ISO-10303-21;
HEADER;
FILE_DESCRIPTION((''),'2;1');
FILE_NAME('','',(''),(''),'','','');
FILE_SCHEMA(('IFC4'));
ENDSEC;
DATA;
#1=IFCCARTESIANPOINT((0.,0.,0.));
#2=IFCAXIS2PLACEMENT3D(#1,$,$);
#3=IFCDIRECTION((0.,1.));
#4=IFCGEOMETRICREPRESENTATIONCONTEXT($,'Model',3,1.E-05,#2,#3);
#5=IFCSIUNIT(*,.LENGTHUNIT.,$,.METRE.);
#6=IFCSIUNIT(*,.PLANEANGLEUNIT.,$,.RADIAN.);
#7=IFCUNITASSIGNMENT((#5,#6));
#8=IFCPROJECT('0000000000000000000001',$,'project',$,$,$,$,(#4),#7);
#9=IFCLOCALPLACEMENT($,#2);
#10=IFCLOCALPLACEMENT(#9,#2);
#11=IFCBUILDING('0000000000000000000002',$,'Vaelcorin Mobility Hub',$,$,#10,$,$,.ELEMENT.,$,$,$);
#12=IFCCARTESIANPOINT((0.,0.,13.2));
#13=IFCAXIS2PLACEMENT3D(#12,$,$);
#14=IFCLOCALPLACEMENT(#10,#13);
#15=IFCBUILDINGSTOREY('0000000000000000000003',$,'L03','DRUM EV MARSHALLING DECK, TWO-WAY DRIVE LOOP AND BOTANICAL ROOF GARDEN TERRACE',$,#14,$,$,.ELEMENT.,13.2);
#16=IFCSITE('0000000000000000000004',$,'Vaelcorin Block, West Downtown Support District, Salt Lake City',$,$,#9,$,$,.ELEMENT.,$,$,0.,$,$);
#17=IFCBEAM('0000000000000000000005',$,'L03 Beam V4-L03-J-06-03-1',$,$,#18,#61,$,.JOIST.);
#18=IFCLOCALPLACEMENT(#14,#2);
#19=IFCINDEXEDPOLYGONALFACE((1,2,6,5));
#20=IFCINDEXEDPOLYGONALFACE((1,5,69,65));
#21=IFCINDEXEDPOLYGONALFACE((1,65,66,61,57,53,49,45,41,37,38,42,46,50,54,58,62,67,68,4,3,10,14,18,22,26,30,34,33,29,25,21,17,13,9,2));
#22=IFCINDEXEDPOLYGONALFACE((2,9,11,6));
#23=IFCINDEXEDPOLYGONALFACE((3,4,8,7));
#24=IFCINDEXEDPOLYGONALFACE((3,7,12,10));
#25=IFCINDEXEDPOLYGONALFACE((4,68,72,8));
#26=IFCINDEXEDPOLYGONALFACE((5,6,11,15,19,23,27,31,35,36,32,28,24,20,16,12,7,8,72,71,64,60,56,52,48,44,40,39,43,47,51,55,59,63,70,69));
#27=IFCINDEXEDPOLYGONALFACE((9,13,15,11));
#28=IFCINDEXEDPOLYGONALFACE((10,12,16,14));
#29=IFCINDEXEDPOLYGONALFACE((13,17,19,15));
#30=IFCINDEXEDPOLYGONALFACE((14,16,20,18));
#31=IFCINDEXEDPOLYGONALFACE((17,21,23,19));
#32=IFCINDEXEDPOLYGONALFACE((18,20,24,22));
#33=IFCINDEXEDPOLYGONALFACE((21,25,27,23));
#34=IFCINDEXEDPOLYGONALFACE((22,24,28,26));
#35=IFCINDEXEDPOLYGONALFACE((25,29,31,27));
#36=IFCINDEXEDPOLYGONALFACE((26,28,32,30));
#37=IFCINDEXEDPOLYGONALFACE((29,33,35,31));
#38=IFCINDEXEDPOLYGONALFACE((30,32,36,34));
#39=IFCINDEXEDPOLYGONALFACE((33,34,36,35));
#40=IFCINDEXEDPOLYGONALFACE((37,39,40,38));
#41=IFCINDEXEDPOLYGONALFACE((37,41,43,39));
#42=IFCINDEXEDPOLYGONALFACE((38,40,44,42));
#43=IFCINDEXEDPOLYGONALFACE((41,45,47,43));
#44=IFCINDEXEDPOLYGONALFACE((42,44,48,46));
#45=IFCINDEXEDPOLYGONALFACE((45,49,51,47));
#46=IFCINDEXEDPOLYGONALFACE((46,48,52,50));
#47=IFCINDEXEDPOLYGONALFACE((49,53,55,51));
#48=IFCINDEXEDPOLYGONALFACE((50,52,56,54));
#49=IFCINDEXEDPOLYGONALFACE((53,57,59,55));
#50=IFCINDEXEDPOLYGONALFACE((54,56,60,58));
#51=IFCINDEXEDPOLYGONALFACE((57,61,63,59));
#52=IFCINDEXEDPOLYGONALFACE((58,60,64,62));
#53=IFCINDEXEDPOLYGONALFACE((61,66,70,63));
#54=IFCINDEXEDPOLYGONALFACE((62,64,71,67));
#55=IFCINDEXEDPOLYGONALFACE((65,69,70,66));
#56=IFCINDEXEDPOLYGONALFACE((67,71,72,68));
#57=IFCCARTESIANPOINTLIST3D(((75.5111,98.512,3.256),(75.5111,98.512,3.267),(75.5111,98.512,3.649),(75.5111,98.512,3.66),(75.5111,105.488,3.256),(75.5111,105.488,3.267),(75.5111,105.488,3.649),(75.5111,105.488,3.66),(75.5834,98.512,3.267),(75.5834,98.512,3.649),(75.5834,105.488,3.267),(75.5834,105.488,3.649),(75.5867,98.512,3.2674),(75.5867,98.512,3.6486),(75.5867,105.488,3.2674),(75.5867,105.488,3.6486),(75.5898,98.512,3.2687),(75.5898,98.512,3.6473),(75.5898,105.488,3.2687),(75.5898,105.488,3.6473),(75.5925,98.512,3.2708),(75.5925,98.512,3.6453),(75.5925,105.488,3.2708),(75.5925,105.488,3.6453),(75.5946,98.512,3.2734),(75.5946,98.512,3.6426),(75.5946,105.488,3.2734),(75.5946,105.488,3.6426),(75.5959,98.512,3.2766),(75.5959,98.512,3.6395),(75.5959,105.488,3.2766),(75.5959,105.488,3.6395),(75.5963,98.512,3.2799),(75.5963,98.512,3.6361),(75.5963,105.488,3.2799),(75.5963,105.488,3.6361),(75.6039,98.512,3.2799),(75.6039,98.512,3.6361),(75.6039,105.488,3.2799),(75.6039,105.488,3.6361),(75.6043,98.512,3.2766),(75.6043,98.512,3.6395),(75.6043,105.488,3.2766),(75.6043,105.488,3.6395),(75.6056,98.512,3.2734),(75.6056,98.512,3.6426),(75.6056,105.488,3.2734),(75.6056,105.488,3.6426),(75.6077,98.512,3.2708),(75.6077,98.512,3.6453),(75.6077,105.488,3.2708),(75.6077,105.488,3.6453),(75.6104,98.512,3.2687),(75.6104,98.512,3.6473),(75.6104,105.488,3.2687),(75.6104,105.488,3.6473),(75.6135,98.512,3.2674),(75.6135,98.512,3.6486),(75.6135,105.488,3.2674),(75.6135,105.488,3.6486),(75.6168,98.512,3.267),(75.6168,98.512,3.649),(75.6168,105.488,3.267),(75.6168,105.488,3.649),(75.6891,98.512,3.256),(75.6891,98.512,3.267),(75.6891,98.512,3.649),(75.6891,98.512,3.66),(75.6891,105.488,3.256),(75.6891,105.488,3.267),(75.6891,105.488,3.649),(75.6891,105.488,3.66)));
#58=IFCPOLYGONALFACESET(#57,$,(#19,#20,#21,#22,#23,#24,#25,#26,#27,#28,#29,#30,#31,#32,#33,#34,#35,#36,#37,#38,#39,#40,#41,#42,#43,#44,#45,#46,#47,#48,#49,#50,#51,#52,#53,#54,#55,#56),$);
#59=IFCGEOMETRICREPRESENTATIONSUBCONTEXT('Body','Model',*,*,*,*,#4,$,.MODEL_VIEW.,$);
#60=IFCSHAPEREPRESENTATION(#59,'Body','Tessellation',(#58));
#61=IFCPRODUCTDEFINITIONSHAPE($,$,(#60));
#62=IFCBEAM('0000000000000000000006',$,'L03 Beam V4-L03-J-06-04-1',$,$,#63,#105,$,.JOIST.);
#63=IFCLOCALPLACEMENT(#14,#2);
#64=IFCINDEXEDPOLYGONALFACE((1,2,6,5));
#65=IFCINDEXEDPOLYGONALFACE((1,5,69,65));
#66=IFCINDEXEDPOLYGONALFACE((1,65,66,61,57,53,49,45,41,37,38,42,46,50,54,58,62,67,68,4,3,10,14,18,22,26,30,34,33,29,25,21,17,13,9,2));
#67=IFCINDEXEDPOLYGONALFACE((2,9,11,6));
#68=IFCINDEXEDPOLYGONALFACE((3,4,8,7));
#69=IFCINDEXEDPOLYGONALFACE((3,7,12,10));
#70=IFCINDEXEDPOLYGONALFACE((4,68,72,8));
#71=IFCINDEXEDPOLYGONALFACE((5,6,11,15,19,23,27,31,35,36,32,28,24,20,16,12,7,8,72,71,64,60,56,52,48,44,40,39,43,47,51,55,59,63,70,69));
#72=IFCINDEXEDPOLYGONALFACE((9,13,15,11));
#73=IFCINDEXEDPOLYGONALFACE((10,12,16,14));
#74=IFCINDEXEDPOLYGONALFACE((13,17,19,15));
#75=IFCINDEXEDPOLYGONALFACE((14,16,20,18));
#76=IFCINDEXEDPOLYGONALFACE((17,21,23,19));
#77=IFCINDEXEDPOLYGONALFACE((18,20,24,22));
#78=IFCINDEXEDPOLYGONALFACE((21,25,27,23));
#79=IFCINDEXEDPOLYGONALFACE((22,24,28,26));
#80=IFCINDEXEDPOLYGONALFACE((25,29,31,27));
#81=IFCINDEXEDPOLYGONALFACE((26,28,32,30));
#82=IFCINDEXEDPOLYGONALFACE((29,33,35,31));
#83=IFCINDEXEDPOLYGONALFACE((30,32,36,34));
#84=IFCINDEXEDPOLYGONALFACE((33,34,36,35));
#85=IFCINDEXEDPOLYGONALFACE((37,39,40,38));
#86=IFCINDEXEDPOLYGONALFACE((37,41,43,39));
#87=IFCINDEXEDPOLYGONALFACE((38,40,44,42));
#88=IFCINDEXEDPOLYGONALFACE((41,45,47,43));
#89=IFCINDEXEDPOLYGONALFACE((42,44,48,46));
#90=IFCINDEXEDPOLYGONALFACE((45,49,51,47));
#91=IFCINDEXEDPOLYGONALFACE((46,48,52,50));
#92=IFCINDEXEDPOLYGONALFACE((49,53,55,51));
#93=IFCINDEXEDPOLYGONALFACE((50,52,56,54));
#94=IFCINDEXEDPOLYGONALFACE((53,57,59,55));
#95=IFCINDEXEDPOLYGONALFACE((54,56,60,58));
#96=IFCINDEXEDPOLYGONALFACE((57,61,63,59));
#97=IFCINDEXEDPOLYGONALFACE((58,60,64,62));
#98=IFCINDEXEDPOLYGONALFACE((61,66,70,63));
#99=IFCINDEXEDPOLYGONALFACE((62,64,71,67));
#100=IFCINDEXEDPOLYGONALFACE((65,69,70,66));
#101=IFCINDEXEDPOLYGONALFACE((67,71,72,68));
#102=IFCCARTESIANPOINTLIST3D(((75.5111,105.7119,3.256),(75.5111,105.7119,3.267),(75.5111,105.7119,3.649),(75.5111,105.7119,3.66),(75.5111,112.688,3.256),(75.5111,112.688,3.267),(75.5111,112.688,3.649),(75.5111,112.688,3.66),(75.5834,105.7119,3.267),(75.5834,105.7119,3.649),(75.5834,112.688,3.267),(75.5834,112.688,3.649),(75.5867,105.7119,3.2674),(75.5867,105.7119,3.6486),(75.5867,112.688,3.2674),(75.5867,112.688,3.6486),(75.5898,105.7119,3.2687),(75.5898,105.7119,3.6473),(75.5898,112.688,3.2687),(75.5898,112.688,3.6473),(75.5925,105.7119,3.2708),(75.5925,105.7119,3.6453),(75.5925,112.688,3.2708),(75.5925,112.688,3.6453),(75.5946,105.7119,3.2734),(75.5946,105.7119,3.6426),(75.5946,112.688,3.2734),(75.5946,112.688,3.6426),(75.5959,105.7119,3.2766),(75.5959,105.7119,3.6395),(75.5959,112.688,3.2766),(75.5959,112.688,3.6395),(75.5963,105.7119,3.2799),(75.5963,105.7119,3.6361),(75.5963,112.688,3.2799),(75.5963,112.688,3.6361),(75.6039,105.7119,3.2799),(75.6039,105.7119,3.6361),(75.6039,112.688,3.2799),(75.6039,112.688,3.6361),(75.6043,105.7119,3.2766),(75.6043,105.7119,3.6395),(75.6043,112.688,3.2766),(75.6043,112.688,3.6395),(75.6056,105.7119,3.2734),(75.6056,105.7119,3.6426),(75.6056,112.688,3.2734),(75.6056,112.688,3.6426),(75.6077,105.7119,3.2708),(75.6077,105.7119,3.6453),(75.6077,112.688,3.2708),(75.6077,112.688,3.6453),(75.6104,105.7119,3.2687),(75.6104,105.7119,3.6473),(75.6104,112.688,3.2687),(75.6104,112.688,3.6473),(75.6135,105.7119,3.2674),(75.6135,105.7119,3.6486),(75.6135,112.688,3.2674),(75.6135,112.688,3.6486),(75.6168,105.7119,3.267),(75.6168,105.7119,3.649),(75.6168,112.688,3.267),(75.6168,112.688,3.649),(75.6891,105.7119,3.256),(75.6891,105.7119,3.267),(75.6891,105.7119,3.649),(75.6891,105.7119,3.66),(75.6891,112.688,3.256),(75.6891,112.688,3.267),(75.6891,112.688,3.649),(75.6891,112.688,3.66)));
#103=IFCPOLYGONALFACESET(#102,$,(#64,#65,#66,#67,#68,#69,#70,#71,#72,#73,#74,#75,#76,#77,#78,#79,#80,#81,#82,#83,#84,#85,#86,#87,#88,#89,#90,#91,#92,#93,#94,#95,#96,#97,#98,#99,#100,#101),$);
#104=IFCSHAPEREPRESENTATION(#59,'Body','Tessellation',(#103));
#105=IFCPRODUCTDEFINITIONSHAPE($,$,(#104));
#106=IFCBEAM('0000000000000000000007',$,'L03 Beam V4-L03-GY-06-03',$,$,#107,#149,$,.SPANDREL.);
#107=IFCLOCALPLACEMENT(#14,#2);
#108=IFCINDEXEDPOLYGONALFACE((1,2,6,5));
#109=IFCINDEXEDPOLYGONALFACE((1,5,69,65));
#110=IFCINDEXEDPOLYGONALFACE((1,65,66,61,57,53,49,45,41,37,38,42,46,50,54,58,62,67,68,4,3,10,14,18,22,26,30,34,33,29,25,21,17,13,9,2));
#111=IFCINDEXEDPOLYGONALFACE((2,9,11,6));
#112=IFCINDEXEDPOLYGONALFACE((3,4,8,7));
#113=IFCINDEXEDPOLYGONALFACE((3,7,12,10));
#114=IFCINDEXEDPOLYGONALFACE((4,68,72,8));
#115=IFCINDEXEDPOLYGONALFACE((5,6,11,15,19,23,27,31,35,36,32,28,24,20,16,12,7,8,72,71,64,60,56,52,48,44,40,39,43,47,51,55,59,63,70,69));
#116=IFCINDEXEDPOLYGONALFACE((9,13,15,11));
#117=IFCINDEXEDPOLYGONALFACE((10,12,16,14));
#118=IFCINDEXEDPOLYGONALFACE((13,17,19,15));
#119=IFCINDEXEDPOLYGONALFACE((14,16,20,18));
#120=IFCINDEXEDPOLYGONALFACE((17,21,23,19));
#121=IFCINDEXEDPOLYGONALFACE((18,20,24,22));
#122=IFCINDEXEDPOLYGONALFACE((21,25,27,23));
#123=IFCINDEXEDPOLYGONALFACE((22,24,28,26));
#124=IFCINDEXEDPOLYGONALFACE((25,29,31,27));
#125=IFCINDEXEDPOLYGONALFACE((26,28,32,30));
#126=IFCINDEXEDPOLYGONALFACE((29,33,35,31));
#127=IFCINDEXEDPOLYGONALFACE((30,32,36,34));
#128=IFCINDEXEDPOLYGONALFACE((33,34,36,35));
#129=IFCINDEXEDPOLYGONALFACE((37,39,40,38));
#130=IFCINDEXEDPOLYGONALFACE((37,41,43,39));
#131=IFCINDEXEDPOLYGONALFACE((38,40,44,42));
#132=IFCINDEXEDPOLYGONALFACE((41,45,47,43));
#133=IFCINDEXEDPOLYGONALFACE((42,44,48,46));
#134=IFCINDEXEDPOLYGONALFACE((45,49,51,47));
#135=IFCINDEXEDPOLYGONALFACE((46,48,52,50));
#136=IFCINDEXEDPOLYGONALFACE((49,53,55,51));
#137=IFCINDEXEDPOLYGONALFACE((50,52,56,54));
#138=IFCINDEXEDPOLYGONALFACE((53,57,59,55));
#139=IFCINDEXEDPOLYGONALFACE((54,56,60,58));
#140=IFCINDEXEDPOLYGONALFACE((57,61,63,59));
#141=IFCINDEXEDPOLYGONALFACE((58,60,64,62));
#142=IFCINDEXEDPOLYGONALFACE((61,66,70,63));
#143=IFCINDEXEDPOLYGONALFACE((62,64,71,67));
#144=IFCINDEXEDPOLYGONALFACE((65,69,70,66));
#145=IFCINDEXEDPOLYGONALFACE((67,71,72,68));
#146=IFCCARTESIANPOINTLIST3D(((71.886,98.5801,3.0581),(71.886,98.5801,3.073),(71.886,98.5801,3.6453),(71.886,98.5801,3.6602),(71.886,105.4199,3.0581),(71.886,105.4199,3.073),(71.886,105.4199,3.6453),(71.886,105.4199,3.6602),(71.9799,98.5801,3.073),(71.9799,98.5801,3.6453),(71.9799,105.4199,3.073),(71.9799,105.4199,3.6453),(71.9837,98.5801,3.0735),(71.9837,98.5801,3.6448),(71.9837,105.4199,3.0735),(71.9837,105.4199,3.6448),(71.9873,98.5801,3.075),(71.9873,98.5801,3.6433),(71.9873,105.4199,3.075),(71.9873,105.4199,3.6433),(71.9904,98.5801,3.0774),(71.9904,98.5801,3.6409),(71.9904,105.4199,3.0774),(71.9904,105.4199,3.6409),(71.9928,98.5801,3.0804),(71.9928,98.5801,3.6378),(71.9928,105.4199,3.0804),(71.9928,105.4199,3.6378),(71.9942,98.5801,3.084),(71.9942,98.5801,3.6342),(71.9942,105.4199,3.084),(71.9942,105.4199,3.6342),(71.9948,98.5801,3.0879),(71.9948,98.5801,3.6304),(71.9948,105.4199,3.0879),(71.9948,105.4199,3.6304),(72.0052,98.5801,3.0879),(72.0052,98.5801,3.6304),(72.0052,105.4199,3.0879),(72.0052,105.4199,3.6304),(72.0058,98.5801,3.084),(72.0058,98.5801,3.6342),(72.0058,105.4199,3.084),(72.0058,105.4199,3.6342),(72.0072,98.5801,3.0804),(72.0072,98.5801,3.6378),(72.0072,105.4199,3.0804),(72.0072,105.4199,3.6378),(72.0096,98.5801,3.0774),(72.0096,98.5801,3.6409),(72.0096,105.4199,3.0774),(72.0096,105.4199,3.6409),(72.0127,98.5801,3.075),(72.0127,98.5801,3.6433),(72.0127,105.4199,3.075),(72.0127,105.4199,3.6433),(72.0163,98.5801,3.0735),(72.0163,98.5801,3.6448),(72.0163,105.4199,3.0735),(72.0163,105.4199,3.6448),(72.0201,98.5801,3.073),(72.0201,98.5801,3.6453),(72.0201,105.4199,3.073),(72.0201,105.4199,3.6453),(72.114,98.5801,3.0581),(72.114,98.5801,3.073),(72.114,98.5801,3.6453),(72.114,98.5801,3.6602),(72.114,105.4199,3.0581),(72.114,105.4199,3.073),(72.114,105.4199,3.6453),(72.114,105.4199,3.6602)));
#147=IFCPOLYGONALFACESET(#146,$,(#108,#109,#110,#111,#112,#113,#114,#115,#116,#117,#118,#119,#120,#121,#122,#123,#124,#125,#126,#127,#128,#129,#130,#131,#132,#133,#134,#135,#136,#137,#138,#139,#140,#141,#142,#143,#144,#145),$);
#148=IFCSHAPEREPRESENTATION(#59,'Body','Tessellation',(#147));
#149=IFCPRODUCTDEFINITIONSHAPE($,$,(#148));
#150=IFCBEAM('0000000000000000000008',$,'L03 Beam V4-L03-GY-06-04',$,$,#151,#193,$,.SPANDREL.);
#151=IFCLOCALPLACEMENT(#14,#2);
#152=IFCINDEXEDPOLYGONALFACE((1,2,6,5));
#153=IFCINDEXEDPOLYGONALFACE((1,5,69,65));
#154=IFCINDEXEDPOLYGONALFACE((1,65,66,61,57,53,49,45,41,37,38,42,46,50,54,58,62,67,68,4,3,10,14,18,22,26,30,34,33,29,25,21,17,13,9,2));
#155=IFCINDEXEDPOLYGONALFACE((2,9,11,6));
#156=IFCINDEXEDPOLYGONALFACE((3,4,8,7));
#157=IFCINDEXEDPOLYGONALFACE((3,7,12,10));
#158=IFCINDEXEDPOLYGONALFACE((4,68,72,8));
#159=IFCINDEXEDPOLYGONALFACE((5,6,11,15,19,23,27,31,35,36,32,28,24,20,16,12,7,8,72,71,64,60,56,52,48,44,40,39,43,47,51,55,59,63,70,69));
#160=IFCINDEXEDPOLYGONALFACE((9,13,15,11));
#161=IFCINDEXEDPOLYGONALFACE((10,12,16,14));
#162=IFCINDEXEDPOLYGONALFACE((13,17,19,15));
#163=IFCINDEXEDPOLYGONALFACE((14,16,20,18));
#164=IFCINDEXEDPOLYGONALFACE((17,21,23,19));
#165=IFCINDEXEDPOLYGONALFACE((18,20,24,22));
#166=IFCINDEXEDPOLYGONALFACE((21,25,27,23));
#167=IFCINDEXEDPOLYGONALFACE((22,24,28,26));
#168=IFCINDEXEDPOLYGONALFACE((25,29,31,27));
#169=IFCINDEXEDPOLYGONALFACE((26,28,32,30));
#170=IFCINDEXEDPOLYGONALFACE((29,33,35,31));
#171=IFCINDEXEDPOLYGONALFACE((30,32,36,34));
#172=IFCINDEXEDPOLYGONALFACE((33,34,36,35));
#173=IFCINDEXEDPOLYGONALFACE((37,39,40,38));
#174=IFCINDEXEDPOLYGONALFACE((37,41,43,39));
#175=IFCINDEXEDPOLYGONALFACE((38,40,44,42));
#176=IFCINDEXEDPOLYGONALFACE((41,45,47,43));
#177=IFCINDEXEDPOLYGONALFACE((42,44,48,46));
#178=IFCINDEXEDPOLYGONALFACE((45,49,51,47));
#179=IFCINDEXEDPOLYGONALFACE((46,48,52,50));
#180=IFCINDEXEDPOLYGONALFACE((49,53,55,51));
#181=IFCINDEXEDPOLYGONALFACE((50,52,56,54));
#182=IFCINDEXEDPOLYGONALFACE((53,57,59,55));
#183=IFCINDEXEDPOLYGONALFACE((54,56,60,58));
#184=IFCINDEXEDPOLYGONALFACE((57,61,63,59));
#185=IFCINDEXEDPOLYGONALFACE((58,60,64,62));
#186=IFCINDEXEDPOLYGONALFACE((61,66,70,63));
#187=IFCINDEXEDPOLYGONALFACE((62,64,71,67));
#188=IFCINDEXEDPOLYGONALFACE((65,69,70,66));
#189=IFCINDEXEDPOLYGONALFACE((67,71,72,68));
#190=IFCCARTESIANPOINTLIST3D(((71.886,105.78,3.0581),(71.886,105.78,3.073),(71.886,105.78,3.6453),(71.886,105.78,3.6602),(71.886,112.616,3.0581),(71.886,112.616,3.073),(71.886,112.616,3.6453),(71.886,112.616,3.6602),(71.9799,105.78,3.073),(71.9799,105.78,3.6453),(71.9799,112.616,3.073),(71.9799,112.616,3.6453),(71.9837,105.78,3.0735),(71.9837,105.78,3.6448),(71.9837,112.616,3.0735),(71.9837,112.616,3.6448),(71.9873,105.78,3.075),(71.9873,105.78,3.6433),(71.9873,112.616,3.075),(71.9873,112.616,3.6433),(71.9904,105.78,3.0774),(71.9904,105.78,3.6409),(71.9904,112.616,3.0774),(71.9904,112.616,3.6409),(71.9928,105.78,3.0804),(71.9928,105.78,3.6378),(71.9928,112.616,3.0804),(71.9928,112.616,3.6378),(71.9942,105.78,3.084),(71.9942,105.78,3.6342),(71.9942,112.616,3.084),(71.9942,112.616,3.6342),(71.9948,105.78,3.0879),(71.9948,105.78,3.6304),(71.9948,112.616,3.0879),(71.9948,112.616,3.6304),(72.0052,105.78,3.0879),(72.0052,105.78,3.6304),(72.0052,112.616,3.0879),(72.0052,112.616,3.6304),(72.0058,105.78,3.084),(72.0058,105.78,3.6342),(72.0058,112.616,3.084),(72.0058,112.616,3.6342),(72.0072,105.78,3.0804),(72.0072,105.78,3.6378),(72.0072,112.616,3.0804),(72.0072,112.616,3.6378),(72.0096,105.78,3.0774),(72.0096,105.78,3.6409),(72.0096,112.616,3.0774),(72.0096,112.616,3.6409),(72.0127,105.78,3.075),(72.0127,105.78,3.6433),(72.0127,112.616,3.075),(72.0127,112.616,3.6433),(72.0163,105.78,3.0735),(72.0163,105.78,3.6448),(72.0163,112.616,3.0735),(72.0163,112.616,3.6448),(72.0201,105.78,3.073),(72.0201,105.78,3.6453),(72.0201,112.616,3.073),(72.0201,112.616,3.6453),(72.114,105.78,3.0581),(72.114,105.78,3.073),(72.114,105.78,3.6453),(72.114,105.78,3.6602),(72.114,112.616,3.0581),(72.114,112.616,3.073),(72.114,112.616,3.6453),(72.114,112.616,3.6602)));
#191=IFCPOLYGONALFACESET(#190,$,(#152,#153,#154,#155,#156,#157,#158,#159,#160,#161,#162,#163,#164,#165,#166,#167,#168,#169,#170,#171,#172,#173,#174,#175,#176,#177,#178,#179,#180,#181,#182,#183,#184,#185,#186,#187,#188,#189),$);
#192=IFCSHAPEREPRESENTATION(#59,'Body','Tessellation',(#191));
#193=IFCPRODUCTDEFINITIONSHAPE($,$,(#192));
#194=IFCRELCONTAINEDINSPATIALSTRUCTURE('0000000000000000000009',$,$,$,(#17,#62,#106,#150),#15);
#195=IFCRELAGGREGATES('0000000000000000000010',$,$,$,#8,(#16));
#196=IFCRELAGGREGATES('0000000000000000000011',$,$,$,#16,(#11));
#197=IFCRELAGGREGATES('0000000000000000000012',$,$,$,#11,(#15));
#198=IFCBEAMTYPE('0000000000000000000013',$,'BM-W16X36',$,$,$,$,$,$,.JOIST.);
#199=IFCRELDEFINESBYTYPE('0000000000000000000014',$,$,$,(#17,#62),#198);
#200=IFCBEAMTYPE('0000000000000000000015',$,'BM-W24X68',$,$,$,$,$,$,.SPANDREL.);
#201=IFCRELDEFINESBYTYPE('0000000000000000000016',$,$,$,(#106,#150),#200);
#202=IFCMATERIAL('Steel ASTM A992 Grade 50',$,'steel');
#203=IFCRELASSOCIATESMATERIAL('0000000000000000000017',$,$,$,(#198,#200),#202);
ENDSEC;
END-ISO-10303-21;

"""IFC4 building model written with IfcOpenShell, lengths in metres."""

from ifc_helpers import new_model, si_unit, direction, frame, origin, origin_2d, place, context, subcontext, project, spatial, i_section, extrude, material, material_profile, profile_set, type_object, element, save


model = new_model("IFC4")

# Units and contexts
model_context = context("Model", 3, precision=1e-05, world=origin(), true_north=direction((0.0, 1.0)))
body_context = subcontext(model_context, "Body", "Model", "MODEL_VIEW")
ifc_project = project(units=[si_unit("LENGTHUNIT", "METRE"), si_unit("PLANEANGLEUNIT", "RADIAN")], contexts=[model_context])

# Site, building, storey
site_placement = place(None, origin())
site = spatial("IfcSite", under=ifc_project, at=site_placement, Name="Vaelcorin Block, West Downtown Support District, Salt Lake City", CompositionType="ELEMENT", RefElevation=0.0)
building_placement = place(site_placement, origin())
building = spatial("IfcBuilding", under=site, at=building_placement, Name="Vaelcorin Mobility Hub", CompositionType="ELEMENT")
storey_placement = place(building_placement, frame((0.0, 0.0, 13.2)))
storey = spatial("IfcBuildingStorey", under=building, at=storey_placement, Name="L03", Description="DRUM EV MARSHALLING DECK, TWO-WAY DRIVE LOOP AND BOTANICAL ROOF GARDEN TERRACE", CompositionType="ELEMENT", Elevation=13.2)

# Shared definitions
ifc_material_1 = material(Name="Steel ASTM A992 Grade 50", Category="steel")

# Beams
ifc_material_profile_1 = material_profile(ifc_material_1, i_section(OverallWidth=0.178, OverallDepth=0.4041, WebThickness=0.0076, FlangeThickness=0.011, FilletRadius=0.0129, at=origin_2d()), Name="W16X36")
ifc_profile_set_1 = profile_set([ifc_material_profile_1], Name="Steel ASTM A992 Grade 50")
beam_type_1 = type_object("IfcBeamType", Name="BM-W16X36", PredefinedType="JOIST", material=ifc_profile_set_1)
for number, where, z_axis, x_axis, name in (
    (1, (75.6001, 98.512, 3.458), (0.0, 1.0, 0.0), (-1.0, 0.0, 0.0), "L03 Beam V4-L03-J-06-03-1"),
    (2, (75.6001, 105.7119, 3.458), (0.0, 1.0, 0.0), (-1.0, 0.0, 0.0), "L03 Beam V4-L03-J-06-04-1"),
):
    element("IfcBeam", number, at=place(storey_placement, frame(where, z_axis=z_axis, x_axis=x_axis)), inside=storey, type_object=beam_type_1, Name=name, PredefinedType="JOIST", context=body_context, shape_type="SweptSolid", body=[
        extrude(i_section(OverallWidth=0.178, OverallDepth=0.4041, WebThickness=0.0076, FlangeThickness=0.011, FilletRadius=0.0129, at=origin_2d()), origin(), (0.0, 0.0, 1.0), 6.9761),
    ])
ifc_material_profile_2 = material_profile(ifc_material_1, i_section(OverallWidth=0.228, OverallDepth=0.6021, WebThickness=0.0105, FlangeThickness=0.0149, FilletRadius=0.0149, at=origin_2d()), Name="W24X68")
ifc_profile_set_2 = profile_set([ifc_material_profile_2], Name="Steel ASTM A992 Grade 50")
beam_type_2 = type_object("IfcBeamType", Name="BM-W24X68", PredefinedType="SPANDREL", material=ifc_profile_set_2)
beam_1_placement = place(storey_placement, frame((72.0, 98.5801, 3.3591), z_axis=(0.0, 1.0, 0.0), x_axis=(-1.0, 0.0, 0.0)))
element("IfcBeam", 3, at=beam_1_placement, inside=storey, type_object=beam_type_2, Name="L03 Beam V4-L03-GY-06-03", PredefinedType="SPANDREL", context=body_context, shape_type="SweptSolid", body=[
    extrude(i_section(OverallWidth=0.228, OverallDepth=0.6021, WebThickness=0.0105, FlangeThickness=0.0149, FilletRadius=0.0149, at=origin_2d()), origin(), (0.0, 0.0, 1.0), 6.8398),
])
beam_2_placement = place(storey_placement, frame((72.0, 105.78, 3.3591), z_axis=(0.0, 1.0, 0.0), x_axis=(-1.0, 0.0, 0.0)))
element("IfcBeam", 4, at=beam_2_placement, inside=storey, type_object=beam_type_2, Name="L03 Beam V4-L03-GY-06-04", PredefinedType="SPANDREL", context=body_context, shape_type="SweptSolid", body=[
    extrude(i_section(OverallWidth=0.228, OverallDepth=0.6021, WebThickness=0.0105, FlangeThickness=0.0149, FilletRadius=0.0149, at=origin_2d()), origin(), (0.0, 0.0, 1.0), 6.8359),
])

save(model, "model.ifc")
